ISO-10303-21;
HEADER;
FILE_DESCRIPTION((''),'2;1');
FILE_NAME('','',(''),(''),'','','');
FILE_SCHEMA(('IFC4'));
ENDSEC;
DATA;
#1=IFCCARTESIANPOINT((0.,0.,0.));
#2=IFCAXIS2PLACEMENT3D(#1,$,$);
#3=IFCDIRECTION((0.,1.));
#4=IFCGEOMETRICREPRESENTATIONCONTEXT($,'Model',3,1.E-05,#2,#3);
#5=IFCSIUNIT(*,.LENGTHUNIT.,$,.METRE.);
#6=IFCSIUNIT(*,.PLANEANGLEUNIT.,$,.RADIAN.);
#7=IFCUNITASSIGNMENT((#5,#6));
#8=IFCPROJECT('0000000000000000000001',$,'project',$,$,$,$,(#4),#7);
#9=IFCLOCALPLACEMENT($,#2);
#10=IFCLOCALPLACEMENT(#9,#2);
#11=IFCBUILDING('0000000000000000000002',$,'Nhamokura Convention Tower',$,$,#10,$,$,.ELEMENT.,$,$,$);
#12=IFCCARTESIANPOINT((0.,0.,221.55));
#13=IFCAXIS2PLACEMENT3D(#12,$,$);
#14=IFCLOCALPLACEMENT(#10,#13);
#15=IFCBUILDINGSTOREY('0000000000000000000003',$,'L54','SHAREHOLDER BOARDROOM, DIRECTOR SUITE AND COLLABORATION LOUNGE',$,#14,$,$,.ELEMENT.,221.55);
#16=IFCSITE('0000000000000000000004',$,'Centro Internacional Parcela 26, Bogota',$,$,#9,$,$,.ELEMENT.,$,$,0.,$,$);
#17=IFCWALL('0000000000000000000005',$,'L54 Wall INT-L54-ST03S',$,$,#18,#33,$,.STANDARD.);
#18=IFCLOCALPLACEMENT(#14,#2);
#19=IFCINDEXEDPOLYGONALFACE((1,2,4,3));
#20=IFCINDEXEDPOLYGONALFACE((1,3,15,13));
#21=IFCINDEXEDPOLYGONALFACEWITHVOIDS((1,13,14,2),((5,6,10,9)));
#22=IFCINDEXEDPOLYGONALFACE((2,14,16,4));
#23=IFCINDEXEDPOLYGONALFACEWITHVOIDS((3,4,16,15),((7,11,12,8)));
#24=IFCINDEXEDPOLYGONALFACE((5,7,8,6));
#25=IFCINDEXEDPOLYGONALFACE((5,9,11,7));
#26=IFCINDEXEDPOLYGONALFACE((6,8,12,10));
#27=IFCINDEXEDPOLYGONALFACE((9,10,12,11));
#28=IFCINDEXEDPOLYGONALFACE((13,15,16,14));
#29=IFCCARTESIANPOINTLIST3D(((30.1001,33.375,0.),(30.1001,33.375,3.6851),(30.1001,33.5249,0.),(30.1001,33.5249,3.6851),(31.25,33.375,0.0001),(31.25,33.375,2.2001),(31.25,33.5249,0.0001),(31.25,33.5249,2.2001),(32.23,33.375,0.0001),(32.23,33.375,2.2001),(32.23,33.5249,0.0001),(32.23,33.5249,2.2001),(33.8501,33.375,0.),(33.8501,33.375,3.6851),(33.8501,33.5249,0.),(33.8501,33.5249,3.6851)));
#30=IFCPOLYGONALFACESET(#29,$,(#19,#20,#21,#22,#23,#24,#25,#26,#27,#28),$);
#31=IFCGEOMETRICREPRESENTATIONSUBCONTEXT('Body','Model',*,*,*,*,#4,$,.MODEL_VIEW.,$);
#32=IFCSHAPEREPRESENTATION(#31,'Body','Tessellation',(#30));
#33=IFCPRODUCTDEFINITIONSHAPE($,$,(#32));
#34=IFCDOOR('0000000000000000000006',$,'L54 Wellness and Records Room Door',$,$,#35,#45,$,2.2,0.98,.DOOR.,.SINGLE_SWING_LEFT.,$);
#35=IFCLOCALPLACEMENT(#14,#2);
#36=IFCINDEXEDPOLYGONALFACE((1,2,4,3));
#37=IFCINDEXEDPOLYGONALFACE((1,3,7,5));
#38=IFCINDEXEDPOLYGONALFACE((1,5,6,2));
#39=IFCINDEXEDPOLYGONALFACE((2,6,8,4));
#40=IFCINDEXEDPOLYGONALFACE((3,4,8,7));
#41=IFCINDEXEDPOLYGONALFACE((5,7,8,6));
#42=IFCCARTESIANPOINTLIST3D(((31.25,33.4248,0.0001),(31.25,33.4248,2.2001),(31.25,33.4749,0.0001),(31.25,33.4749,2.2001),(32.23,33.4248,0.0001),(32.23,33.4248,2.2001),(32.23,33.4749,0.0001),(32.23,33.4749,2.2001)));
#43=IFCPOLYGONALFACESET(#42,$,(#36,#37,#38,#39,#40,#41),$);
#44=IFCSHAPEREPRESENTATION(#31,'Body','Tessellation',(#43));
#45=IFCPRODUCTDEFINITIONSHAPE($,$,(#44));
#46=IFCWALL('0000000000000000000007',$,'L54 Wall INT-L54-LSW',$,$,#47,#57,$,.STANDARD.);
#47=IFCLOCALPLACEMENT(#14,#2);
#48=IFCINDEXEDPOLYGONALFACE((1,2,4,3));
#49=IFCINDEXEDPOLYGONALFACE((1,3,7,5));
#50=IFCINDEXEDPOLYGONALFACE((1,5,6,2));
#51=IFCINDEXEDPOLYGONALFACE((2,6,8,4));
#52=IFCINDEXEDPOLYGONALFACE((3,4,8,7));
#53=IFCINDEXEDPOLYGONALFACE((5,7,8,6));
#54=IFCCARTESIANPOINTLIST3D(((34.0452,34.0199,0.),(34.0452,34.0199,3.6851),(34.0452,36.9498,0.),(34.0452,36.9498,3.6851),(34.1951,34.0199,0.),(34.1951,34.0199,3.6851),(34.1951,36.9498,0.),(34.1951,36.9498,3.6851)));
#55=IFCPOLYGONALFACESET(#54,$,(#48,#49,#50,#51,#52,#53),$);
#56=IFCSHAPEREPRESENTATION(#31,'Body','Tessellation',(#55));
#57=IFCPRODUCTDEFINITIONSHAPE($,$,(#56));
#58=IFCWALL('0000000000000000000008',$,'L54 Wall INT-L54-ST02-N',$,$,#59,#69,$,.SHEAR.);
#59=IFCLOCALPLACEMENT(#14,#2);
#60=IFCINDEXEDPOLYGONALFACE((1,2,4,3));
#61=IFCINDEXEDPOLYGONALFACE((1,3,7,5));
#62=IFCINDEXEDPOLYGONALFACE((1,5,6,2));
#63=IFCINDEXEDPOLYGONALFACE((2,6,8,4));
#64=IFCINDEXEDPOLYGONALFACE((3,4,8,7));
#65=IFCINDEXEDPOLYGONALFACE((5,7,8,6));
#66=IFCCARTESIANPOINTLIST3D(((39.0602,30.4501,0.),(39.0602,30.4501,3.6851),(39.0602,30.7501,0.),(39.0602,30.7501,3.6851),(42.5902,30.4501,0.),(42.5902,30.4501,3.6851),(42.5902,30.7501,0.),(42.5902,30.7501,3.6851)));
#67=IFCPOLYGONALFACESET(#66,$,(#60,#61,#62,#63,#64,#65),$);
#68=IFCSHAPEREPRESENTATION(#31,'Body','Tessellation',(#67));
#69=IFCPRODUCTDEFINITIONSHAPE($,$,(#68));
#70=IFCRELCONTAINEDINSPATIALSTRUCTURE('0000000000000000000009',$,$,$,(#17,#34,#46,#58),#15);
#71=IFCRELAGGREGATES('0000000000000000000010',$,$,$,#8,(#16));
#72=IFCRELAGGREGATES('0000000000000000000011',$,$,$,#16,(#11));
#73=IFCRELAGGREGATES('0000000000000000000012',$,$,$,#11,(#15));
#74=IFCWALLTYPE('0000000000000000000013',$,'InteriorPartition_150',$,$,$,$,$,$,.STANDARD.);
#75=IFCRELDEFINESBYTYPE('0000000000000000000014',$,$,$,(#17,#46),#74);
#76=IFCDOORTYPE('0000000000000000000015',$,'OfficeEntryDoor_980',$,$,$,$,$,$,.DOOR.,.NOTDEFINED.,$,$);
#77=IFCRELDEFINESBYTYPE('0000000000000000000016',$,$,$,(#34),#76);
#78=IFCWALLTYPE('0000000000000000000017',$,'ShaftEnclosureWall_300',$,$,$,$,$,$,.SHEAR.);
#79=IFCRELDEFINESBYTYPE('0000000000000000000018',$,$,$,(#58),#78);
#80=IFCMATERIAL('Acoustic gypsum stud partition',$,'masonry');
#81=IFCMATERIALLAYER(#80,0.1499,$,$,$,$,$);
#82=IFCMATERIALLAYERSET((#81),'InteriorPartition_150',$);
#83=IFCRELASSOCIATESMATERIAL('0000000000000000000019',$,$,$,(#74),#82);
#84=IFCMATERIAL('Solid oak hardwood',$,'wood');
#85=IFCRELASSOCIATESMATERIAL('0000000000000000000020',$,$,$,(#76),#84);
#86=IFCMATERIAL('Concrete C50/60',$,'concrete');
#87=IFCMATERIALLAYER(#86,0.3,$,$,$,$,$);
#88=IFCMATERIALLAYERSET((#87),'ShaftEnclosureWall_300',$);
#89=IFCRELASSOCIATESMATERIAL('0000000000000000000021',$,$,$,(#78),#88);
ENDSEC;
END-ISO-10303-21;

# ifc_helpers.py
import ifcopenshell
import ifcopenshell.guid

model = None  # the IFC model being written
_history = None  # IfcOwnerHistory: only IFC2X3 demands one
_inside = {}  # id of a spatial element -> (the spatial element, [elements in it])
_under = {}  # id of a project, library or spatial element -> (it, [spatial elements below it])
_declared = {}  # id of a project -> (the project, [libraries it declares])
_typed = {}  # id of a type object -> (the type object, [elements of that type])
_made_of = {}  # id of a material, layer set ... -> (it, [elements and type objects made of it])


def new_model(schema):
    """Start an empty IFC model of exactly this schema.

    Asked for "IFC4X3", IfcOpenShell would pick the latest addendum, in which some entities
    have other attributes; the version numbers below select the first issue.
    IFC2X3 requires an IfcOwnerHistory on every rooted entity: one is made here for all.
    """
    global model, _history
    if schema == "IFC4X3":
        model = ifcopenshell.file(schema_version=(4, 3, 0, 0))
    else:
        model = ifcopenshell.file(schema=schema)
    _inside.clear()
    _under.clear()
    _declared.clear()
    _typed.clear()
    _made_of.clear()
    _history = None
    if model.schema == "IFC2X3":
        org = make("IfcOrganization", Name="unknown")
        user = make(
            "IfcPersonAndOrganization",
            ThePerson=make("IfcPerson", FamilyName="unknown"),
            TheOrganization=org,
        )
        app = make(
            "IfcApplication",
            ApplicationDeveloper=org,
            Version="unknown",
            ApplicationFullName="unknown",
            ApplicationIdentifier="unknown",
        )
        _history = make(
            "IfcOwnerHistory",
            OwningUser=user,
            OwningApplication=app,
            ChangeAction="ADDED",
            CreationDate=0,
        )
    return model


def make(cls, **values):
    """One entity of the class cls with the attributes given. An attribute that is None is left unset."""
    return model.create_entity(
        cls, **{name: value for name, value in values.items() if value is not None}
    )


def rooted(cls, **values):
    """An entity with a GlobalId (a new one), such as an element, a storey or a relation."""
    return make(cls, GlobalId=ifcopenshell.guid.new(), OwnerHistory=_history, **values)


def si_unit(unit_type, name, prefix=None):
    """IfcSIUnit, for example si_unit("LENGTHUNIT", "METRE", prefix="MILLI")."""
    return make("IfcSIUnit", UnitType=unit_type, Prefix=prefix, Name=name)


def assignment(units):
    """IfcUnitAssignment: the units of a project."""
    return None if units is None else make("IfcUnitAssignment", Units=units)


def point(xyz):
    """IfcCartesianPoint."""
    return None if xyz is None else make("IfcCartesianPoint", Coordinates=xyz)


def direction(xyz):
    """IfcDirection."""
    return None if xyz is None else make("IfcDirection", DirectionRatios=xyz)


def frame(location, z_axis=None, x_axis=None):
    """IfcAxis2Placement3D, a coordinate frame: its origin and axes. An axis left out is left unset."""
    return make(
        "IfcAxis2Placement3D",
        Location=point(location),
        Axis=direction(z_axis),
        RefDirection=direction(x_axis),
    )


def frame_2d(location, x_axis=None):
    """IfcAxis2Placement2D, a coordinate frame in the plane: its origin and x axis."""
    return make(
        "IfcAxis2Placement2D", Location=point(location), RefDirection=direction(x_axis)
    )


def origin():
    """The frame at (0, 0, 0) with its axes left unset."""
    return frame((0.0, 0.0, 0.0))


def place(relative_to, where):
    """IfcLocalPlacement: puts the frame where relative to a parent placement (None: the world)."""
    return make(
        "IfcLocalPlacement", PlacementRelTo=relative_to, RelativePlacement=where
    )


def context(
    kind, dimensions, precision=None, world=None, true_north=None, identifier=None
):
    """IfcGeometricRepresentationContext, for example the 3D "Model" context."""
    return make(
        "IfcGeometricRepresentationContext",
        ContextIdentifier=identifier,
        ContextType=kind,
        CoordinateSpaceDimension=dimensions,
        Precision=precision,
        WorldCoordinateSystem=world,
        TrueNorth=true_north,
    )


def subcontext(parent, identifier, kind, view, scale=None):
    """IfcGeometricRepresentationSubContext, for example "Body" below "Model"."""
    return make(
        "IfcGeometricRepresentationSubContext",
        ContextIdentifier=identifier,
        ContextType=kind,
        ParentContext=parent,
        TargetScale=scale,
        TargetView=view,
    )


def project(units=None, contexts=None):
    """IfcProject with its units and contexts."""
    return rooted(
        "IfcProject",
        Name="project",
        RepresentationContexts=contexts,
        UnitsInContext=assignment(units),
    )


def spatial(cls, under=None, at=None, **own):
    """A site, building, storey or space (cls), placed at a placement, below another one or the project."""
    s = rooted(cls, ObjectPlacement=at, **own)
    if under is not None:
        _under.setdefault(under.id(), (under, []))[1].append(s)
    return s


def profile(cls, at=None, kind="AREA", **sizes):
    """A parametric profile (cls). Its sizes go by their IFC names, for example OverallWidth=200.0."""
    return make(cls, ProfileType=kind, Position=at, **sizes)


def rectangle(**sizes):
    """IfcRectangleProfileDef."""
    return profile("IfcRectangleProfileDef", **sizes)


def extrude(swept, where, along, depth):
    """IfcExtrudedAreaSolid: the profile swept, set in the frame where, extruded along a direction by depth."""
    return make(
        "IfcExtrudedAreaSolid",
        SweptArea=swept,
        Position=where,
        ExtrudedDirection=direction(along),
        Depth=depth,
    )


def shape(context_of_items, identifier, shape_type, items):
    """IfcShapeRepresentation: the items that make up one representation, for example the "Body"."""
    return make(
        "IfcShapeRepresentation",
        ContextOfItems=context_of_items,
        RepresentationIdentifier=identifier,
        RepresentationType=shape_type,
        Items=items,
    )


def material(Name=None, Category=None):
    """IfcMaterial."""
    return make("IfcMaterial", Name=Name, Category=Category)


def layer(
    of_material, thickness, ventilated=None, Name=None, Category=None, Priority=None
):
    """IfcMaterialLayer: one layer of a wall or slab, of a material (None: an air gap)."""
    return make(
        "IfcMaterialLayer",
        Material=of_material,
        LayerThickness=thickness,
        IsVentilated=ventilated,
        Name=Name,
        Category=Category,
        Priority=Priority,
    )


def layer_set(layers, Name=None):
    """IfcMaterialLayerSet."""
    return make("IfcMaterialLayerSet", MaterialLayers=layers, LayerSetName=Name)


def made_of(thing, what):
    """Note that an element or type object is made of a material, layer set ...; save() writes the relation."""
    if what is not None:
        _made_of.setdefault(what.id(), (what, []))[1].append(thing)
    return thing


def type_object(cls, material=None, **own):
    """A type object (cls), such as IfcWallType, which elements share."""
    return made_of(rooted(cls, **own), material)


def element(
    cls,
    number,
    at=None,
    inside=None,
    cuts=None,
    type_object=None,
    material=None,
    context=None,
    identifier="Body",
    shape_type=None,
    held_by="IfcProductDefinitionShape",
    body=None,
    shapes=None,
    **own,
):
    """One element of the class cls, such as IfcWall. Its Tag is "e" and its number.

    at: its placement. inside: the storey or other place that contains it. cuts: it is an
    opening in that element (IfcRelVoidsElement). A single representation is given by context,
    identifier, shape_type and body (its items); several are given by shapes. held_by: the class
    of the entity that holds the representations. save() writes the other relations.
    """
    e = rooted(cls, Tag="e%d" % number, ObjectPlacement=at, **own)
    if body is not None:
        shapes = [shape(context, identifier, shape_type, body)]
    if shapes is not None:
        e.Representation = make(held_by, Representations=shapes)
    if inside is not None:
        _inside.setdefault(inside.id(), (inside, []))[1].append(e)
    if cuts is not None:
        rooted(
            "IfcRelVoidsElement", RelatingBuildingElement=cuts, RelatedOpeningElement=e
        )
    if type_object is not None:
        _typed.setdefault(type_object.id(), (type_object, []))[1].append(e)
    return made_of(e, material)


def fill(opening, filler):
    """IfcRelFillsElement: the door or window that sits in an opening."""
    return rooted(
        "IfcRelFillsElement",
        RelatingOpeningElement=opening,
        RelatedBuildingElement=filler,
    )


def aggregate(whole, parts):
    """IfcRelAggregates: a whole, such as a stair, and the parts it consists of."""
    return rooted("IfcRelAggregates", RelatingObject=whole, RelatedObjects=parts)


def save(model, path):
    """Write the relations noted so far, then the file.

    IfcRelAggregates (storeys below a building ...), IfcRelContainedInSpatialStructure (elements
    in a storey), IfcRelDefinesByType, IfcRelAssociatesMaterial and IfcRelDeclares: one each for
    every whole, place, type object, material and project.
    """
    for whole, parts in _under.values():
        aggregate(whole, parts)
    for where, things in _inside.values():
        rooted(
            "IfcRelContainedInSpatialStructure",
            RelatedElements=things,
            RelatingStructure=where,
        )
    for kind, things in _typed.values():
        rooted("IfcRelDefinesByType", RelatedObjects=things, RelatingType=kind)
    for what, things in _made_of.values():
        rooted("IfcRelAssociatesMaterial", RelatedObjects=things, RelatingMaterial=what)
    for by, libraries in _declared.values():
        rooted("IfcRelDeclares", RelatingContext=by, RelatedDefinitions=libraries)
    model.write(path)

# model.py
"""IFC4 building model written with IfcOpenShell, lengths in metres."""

from ifc_helpers import new_model, si_unit, direction, frame, frame_2d, origin, place, context, subcontext, project, spatial, rectangle, extrude, material, layer, layer_set, type_object, element, fill, save


model = new_model("IFC4")

# Units and contexts
model_context = context("Model", 3, precision=1e-05, world=origin(), true_north=direction((0.0, 1.0)))
body_context = subcontext(model_context, "Body", "Model", "MODEL_VIEW")
ifc_project = project(units=[si_unit("LENGTHUNIT", "METRE"), si_unit("PLANEANGLEUNIT", "RADIAN")], contexts=[model_context])

# Site, building, storey
site_placement = place(None, origin())
site = spatial("IfcSite", under=ifc_project, at=site_placement, Name="Centro Internacional Parcela 26, Bogota", CompositionType="ELEMENT", RefElevation=0.0)
building_placement = place(site_placement, origin())
building = spatial("IfcBuilding", under=site, at=building_placement, Name="Nhamokura Convention Tower", CompositionType="ELEMENT")
storey_placement = place(building_placement, frame((0.0, 0.0, 221.55)))
storey = spatial("IfcBuildingStorey", under=building, at=storey_placement, Name="L54", Description="SHAREHOLDER BOARDROOM, DIRECTOR SUITE AND COLLABORATION LOUNGE", CompositionType="ELEMENT", Elevation=221.55)

# Shared definitions
ifc_material_1 = material(Name="Acoustic gypsum stud partition", Category="masonry")
ifc_layer_1 = layer(ifc_material_1, 0.1499)
ifc_layer_set_1 = layer_set([ifc_layer_1], Name="InteriorPartition_150")
wall_type_1 = type_object("IfcWallType", Name="InteriorPartition_150", PredefinedType="STANDARD", material=ifc_layer_set_1)

# Wall, opening, door
wall_1_placement = place(storey_placement, frame((30.1001, 33.45, 0.0), z_axis=(0.0, 0.0, 1.0), x_axis=(1.0, 0.0, 0.0)))
wall_1 = element("IfcWall", 1, at=wall_1_placement, inside=storey, type_object=wall_type_1, Name="L54 Wall INT-L54-ST03S", PredefinedType="STANDARD", context=body_context, shape_type="SweptSolid", body=[
    extrude(rectangle(XDim=3.75, YDim=0.1499, at=frame_2d((1.875, 0.0))), origin(), (0.0, 0.0, 1.0), 3.6851),
])
opening_1_placement = place(wall_1_placement, frame((1.1499, 0.0, 0.0)))
opening_1 = element("IfcOpeningElement", 2, at=opening_1_placement, cuts=wall_1, PredefinedType="OPENING", context=body_context, shape_type="SweptSolid", body=[
    extrude(rectangle(XDim=0.98, YDim=2.2, at=frame_2d((0.49, 1.1001))), frame((0.0, 0.085, 0.0), z_axis=(0.0, -1.0, 0.0), x_axis=(1.0, 0.0, 0.0)), (0.0, 0.0, 1.0), 0.1699),
])
ifc_material_2 = material(Name="Solid oak hardwood", Category="wood")
door_type_1 = type_object("IfcDoorType", Name="OfficeEntryDoor_980", OperationType="NOTDEFINED", PredefinedType="DOOR", material=ifc_material_2)
door_1_placement = place(opening_1_placement, origin())
door_1 = element("IfcDoor", 3, at=door_1_placement, inside=storey, type_object=door_type_1, Name="L54 Wellness and Records Room Door", OperationType="SINGLE_SWING_LEFT", OverallHeight=2.2, OverallWidth=0.98, PredefinedType="DOOR", context=body_context, shape_type="SweptSolid", body=[
    extrude(rectangle(XDim=0.98, YDim=2.2, at=frame_2d((0.49, 1.1001))), frame((0.0, 0.0249, 0.0), z_axis=(0.0, -1.0, 0.0), x_axis=(1.0, 0.0, 0.0)), (0.0, 0.0, 1.0), 0.05),
])
fill(opening_1, door_1)

# Walls
wall_2_placement = place(storey_placement, frame((34.1201, 34.02, 0.0), z_axis=(0.0, 0.0, 1.0), x_axis=(0.0, 1.0, 0.0)))
element("IfcWall", 4, at=wall_2_placement, inside=storey, type_object=wall_type_1, Name="L54 Wall INT-L54-LSW", PredefinedType="STANDARD", context=body_context, shape_type="SweptSolid", body=[
    extrude(rectangle(XDim=2.9299, YDim=0.1499, at=frame_2d((1.4648, 0.0))), origin(), (0.0, 0.0, 1.0), 3.6851),
])
ifc_material_3 = material(Name="Concrete C50/60", Category="concrete")
ifc_layer_2 = layer(ifc_material_3, 0.3)
ifc_layer_set_2 = layer_set([ifc_layer_2], Name="ShaftEnclosureWall_300")
wall_type_2 = type_object("IfcWallType", Name="ShaftEnclosureWall_300", PredefinedType="SHEAR", material=ifc_layer_set_2)
wall_3_placement = place(storey_placement, frame((39.0601, 30.6001, 0.0), z_axis=(0.0, 0.0, 1.0), x_axis=(1.0, 0.0, 0.0)))
element("IfcWall", 5, at=wall_3_placement, inside=storey, type_object=wall_type_2, Name="L54 Wall INT-L54-ST02-N", PredefinedType="SHEAR", context=body_context, shape_type="SweptSolid", body=[
    extrude(rectangle(XDim=3.53, YDim=0.3, at=frame_2d((1.7651, 0.0))), origin(), (0.0, 0.0, 1.0), 3.6851),
])

save(model, "model.ifc")
